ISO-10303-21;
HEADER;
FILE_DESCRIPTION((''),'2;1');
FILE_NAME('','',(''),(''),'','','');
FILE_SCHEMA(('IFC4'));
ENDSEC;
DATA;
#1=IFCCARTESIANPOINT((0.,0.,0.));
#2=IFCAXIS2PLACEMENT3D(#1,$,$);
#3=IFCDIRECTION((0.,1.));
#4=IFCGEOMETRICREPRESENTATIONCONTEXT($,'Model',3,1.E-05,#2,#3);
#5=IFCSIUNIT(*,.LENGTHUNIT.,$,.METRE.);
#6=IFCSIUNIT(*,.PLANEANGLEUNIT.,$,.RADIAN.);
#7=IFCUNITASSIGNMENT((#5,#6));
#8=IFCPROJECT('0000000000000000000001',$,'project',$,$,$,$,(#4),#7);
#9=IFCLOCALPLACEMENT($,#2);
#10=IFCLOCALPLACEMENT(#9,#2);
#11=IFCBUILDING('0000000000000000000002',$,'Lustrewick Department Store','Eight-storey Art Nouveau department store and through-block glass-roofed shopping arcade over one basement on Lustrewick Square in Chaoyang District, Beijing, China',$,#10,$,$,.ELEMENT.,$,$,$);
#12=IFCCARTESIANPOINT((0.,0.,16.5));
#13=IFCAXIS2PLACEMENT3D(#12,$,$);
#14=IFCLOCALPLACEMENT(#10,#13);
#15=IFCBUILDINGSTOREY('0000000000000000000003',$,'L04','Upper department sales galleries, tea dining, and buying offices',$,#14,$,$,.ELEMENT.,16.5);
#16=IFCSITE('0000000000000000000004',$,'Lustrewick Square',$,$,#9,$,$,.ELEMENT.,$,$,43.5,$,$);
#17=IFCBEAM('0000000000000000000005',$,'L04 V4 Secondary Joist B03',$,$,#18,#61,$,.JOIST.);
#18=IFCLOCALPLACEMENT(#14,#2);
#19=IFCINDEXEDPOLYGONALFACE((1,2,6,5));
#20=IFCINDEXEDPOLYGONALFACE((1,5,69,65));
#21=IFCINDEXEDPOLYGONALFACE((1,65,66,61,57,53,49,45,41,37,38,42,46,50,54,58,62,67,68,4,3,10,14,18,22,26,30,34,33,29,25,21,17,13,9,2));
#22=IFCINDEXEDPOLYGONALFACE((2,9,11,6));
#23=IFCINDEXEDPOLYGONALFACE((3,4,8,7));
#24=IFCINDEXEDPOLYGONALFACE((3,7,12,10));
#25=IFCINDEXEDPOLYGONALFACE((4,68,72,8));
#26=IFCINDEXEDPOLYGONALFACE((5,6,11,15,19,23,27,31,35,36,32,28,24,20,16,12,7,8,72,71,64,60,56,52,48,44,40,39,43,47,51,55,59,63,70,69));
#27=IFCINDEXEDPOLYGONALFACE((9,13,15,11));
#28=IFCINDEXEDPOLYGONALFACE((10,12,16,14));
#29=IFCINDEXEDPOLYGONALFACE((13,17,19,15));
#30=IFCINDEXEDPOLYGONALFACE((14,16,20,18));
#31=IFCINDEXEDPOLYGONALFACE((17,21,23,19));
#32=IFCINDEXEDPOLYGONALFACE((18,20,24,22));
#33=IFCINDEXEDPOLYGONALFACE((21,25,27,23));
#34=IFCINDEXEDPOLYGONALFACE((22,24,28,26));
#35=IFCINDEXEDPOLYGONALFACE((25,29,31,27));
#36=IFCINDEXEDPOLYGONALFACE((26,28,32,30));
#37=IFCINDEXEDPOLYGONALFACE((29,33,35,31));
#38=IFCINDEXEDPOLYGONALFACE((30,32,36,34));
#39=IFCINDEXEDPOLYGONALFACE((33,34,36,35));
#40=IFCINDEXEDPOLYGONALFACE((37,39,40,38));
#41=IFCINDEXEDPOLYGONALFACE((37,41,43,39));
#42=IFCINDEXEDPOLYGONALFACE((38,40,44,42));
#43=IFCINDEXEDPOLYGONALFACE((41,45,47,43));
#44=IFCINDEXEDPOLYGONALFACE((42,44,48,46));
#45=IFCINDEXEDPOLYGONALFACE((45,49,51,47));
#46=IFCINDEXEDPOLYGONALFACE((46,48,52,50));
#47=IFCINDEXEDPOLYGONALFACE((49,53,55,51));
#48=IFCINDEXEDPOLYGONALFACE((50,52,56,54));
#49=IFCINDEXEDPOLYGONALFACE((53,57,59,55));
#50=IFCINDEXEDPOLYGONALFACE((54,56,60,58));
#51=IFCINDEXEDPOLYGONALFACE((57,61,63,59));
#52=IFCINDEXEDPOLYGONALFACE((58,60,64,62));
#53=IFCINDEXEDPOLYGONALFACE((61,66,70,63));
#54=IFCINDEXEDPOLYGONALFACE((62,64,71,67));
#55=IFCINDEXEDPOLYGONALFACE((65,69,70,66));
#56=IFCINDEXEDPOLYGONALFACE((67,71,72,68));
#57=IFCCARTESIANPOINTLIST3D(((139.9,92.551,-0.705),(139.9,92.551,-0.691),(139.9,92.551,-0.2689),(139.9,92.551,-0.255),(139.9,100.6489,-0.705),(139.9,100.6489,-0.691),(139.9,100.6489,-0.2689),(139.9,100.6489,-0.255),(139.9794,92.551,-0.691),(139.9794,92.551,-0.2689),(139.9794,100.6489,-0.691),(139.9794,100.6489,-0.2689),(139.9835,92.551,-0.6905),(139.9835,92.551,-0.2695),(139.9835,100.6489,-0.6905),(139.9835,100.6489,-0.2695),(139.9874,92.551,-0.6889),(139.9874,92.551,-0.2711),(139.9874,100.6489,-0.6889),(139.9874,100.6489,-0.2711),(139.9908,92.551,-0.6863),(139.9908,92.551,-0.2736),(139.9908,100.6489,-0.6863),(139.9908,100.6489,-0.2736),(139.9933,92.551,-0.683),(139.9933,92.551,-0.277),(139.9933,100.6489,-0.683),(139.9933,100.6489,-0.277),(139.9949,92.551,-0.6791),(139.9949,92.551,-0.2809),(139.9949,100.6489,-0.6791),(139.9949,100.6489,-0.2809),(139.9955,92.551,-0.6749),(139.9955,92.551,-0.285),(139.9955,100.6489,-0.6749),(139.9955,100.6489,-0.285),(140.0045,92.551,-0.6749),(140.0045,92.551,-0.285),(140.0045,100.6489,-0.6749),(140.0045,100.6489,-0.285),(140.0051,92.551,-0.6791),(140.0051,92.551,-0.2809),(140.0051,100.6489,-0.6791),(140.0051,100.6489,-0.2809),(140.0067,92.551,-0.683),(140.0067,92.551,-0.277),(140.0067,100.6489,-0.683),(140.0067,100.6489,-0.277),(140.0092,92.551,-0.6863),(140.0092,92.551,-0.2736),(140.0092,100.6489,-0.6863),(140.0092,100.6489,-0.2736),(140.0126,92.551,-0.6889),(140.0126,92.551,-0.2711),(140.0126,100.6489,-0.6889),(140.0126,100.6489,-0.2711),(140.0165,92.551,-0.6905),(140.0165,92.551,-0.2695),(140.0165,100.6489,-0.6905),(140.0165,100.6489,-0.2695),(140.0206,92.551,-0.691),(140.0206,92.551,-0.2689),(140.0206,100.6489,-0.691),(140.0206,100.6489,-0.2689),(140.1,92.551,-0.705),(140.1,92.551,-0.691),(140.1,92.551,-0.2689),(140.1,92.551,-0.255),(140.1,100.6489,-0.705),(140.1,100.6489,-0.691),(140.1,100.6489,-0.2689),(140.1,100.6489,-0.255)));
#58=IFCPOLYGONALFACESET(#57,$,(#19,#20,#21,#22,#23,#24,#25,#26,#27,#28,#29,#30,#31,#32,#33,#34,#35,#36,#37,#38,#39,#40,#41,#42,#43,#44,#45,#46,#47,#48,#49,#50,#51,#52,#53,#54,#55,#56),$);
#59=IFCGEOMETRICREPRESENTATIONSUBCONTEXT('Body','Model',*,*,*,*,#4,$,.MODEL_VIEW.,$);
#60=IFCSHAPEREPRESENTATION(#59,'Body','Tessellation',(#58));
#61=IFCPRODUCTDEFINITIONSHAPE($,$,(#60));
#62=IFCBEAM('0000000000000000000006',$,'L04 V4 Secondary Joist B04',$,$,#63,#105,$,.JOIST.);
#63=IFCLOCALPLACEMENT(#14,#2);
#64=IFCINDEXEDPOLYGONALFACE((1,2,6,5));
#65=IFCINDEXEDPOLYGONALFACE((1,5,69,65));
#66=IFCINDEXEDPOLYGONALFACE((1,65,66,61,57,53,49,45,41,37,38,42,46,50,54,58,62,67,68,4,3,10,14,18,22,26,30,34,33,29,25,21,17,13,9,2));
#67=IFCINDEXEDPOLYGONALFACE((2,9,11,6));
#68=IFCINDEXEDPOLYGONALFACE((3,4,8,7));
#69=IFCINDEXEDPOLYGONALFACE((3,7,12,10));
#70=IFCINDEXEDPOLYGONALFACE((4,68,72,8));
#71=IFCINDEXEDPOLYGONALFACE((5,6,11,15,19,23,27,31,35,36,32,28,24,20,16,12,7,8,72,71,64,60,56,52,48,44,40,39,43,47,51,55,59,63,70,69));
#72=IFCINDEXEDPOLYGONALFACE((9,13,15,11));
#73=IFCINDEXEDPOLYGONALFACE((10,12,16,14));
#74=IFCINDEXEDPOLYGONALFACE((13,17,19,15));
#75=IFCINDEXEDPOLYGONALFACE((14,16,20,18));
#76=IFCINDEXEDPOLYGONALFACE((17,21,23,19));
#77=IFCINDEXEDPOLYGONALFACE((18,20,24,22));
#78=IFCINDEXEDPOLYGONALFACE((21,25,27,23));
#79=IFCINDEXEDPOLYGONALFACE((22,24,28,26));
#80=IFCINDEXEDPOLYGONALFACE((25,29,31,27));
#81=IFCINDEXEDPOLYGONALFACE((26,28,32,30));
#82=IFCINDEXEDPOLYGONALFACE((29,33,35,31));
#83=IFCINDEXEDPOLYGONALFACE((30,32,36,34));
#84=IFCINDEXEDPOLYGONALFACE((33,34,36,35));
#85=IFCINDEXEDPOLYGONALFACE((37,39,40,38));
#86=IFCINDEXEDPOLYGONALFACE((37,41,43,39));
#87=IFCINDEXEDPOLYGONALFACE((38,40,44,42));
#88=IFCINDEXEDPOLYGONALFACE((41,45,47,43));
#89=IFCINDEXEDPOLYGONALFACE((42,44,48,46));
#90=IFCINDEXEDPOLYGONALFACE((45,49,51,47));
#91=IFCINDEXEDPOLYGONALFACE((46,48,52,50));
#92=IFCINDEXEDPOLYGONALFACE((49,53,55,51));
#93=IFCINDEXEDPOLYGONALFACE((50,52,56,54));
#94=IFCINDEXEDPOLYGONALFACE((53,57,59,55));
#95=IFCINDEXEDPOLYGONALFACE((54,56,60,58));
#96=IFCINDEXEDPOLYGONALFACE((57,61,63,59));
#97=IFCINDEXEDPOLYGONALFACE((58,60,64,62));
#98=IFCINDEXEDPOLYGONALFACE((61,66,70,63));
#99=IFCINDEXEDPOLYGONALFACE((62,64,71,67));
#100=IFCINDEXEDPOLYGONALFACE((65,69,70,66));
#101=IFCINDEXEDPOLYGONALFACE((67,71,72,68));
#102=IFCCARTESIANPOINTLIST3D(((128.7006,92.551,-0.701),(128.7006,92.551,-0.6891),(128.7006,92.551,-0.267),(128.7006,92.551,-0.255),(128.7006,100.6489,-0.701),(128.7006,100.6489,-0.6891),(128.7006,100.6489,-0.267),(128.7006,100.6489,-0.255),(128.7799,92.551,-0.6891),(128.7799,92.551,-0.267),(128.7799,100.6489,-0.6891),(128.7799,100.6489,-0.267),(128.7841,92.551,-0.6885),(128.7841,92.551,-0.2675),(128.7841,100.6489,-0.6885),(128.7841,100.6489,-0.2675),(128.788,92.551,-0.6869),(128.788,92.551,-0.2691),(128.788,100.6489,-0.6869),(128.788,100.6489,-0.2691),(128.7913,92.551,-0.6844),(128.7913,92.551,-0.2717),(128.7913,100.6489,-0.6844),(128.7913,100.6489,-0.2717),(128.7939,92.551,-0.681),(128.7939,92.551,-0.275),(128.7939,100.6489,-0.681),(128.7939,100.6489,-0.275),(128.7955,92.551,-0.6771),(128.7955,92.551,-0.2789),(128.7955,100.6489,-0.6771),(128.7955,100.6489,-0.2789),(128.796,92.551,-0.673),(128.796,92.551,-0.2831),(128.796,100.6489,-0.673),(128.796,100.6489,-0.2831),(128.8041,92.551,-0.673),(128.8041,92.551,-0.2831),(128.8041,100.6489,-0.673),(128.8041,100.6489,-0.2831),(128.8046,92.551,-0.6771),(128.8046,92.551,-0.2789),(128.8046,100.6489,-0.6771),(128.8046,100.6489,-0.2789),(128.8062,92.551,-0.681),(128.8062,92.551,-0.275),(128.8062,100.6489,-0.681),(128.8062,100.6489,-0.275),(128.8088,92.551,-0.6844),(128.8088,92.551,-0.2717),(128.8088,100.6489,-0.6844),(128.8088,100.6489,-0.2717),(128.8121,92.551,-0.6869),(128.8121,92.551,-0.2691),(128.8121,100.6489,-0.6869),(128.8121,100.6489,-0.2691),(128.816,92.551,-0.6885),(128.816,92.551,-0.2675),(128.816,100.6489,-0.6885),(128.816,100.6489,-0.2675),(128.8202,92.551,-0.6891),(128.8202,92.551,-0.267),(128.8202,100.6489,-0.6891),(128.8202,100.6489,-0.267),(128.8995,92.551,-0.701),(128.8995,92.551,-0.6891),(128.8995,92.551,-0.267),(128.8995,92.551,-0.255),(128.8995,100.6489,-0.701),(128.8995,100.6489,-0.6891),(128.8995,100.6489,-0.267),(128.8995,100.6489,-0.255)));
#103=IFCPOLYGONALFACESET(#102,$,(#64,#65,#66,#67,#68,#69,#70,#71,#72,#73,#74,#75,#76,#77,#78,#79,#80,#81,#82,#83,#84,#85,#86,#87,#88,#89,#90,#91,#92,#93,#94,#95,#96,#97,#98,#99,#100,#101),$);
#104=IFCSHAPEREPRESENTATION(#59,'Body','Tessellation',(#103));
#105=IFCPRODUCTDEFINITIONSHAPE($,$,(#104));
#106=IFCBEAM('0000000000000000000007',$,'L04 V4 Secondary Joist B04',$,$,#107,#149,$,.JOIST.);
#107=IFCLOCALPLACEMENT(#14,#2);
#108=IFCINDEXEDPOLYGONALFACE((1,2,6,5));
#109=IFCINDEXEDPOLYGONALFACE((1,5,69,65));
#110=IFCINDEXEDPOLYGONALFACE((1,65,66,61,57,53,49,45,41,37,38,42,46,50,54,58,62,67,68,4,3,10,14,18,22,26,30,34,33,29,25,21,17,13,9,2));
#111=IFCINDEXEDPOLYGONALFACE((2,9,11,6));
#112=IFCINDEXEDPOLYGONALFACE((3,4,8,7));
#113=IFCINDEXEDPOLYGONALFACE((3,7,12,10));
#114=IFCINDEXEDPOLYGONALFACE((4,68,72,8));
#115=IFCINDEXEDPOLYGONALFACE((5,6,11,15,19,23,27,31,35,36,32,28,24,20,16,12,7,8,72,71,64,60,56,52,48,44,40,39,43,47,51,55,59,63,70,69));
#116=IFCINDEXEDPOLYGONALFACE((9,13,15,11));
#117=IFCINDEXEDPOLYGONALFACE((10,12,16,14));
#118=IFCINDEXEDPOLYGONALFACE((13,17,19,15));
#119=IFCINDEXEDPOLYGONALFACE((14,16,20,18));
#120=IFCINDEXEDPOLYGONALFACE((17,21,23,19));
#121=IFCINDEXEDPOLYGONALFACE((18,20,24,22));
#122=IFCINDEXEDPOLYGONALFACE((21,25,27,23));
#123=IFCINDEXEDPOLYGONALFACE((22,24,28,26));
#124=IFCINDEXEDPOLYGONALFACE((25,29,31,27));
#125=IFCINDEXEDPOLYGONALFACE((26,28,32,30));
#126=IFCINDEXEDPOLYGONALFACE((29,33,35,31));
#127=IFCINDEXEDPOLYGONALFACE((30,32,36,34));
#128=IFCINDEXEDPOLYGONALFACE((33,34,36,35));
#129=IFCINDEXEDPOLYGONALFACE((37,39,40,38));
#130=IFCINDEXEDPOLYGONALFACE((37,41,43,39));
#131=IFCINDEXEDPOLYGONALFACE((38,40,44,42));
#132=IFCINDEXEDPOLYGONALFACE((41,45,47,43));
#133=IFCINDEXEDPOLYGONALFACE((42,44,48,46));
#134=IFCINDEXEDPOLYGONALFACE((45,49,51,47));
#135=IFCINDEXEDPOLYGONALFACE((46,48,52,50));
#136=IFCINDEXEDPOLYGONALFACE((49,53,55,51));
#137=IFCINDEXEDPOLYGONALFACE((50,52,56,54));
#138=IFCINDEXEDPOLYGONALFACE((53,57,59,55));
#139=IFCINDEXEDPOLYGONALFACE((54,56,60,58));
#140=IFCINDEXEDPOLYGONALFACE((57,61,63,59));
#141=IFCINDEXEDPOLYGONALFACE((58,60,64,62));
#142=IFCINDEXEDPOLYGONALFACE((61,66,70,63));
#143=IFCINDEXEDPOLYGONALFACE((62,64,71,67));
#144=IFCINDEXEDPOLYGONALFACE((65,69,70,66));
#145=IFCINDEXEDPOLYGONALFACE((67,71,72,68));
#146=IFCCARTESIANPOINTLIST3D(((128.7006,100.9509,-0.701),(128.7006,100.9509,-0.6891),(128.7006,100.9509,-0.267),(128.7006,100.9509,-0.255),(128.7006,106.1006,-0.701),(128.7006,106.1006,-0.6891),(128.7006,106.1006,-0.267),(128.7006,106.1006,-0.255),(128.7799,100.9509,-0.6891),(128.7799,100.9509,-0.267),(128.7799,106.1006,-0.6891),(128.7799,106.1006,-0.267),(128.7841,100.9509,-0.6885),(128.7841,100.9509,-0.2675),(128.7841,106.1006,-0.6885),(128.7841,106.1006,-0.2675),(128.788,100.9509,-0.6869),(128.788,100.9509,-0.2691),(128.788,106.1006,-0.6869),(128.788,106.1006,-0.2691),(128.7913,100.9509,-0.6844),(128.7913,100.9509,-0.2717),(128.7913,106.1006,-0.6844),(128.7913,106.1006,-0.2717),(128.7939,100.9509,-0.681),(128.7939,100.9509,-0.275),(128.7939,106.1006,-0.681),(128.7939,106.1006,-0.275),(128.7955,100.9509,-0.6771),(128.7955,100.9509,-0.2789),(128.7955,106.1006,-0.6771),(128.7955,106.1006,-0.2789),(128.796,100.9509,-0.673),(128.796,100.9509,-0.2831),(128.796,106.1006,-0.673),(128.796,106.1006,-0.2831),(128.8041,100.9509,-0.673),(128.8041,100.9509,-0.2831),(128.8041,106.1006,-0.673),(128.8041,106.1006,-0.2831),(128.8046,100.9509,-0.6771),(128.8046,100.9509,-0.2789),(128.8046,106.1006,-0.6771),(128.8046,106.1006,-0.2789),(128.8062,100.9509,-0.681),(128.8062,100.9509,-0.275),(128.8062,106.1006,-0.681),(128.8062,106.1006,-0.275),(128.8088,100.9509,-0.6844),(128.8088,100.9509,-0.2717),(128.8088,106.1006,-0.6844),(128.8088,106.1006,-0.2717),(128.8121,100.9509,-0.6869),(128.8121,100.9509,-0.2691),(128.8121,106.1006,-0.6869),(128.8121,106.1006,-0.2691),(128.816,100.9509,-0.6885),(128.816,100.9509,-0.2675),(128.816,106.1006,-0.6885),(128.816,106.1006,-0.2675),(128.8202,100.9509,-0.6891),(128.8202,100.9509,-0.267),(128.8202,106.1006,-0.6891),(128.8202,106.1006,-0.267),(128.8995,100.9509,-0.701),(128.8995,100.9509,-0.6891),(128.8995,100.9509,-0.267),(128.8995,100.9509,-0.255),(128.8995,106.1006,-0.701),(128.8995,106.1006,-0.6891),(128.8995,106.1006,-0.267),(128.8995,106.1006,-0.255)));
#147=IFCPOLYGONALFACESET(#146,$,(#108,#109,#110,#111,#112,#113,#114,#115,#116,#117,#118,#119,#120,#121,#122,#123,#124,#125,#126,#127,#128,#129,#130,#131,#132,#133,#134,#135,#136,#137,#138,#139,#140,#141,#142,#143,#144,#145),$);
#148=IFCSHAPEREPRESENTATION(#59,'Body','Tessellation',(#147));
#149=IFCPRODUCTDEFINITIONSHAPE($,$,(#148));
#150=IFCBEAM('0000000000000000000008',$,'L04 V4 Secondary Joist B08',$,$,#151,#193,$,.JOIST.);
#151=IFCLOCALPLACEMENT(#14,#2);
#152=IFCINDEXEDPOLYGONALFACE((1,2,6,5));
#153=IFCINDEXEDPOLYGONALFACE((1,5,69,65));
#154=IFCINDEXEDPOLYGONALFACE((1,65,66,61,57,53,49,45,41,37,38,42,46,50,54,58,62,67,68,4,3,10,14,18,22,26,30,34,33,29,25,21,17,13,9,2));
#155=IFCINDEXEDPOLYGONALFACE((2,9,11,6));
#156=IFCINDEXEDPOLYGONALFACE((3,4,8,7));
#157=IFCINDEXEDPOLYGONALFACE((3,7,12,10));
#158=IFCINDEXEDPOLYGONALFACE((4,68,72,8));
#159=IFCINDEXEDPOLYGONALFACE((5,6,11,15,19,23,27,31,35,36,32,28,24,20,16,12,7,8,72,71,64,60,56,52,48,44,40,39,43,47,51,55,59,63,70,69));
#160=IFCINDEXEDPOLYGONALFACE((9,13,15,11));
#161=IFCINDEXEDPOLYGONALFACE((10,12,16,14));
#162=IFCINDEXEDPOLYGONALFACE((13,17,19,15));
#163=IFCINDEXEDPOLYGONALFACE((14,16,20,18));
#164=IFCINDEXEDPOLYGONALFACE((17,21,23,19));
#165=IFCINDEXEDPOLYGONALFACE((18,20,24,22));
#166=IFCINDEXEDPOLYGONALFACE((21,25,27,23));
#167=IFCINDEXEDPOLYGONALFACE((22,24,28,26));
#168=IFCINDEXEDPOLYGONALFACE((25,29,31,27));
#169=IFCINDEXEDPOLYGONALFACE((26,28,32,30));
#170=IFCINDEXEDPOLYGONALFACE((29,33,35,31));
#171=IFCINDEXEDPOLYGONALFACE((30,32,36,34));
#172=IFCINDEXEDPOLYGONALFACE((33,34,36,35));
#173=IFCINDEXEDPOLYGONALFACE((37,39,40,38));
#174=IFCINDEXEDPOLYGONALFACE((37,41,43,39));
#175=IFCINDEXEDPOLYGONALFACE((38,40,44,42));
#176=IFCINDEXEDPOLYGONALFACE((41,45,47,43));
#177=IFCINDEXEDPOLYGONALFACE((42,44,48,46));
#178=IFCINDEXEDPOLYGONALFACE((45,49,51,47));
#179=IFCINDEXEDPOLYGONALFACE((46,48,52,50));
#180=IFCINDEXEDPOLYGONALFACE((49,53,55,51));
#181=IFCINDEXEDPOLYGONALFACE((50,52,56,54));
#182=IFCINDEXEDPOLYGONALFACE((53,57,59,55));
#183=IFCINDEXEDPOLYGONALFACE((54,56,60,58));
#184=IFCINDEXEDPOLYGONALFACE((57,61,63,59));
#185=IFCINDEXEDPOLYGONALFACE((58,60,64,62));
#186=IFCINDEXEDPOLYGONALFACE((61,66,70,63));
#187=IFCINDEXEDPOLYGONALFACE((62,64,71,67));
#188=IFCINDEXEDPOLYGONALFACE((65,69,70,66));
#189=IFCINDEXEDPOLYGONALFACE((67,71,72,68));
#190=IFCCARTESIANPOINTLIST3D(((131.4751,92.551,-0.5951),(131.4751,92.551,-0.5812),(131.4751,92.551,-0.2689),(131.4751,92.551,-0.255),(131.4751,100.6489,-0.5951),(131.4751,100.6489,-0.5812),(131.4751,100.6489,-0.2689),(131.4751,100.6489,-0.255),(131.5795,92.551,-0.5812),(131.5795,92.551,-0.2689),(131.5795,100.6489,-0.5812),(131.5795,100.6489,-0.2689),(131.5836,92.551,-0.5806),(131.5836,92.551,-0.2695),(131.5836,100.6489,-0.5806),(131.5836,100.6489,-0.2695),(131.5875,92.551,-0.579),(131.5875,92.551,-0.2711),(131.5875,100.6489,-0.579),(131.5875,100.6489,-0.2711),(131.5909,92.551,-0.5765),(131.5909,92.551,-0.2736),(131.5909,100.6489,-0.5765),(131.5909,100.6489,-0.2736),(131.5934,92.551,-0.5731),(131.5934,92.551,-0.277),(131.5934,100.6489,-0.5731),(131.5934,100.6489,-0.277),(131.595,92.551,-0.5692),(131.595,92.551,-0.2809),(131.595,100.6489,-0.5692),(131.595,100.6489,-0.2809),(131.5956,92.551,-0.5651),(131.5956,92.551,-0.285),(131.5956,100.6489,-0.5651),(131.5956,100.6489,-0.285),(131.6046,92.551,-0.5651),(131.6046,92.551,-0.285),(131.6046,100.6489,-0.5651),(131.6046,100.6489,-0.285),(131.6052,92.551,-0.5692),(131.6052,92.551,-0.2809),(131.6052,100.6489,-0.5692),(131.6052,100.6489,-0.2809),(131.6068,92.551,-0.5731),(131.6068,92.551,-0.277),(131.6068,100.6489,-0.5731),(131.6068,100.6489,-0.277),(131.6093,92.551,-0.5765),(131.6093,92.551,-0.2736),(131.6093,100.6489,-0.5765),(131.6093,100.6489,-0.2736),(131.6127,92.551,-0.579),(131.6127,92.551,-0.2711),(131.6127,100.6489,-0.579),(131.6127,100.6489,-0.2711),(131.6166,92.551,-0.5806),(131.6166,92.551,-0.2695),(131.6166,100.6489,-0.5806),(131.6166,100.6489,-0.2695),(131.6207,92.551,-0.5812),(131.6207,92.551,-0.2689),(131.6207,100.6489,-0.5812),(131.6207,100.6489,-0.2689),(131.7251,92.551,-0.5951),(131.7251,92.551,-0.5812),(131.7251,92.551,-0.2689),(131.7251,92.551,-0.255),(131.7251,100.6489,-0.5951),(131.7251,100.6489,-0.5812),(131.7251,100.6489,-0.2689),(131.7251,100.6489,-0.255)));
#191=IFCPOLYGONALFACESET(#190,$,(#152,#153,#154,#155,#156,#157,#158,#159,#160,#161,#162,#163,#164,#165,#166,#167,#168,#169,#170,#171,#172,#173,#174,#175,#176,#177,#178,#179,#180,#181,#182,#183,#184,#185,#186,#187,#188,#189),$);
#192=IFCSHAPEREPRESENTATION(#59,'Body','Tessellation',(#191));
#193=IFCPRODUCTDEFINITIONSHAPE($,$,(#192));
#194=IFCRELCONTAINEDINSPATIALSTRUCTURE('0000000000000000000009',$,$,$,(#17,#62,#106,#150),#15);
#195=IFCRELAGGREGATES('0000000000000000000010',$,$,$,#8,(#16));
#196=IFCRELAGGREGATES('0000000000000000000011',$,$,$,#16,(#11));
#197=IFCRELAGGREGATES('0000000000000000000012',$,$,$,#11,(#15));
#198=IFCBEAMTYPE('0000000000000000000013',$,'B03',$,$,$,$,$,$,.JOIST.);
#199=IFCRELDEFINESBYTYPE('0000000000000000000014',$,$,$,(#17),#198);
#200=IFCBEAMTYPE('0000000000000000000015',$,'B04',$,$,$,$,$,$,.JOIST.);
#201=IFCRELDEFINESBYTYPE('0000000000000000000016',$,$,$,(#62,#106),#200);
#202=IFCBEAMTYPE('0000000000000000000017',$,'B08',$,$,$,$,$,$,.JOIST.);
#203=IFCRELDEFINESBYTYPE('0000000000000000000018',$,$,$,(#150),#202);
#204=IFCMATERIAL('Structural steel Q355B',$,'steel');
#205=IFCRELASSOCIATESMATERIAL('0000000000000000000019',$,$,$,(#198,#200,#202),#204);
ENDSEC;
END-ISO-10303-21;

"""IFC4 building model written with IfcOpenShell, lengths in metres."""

from ifc_helpers import new_model, si_unit, direction, frame, origin, origin_2d, place, context, subcontext, project, spatial, i_section, extrude, material, material_profile, profile_set, type_object, element, save


model = new_model("IFC4")

# Units and contexts
model_context = context("Model", 3, precision=1e-05, world=origin(), true_north=direction((0.0, 1.0)))
body_context = subcontext(model_context, "Body", "Model", "MODEL_VIEW")
ifc_project = project(units=[si_unit("LENGTHUNIT", "METRE"), si_unit("PLANEANGLEUNIT", "RADIAN")], contexts=[model_context])

# Site, building, storey
site_placement = place(None, origin())
site = spatial("IfcSite", under=ifc_project, at=site_placement, Name="Lustrewick Square", CompositionType="ELEMENT", RefElevation=43.5)
building_placement = place(site_placement, origin())
building = spatial("IfcBuilding", under=site, at=building_placement, Name="Lustrewick Department Store", Description="Eight-storey Art Nouveau department store and through-block glass-roofed shopping arcade over one basement on Lustrewick Square in Chaoyang District, Beijing, China", CompositionType="ELEMENT")
storey_placement = place(building_placement, frame((0.0, 0.0, 16.5)))
storey = spatial("IfcBuildingStorey", under=building, at=storey_placement, Name="L04", Description="Upper department sales galleries, tea dining, and buying offices", CompositionType="ELEMENT", Elevation=16.5)

# Shared definitions
ifc_material_1 = material(Name="Structural steel Q355B", Category="steel")

# Beams
ifc_material_profile_1 = material_profile(ifc_material_1, i_section(OverallWidth=0.2, OverallDepth=0.45, WebThickness=0.009, FlangeThickness=0.0139, FilletRadius=0.0161, at=origin_2d()), Name="HN 450x200x9x14")
ifc_profile_set_1 = profile_set([ifc_material_profile_1], Name="Structural steel Q355B")
beam_type_1 = type_object("IfcBeamType", Name="B03", PredefinedType="JOIST", material=ifc_profile_set_1)
beam_1_placement = place(storey_placement, frame((140.0, 92.551, -0.48), z_axis=(0.0, 1.0, 0.0), x_axis=(-1.0, 0.0, 0.0)))
element("IfcBeam", 1, at=beam_1_placement, inside=storey, type_object=beam_type_1, Name="L04 V4 Secondary Joist B03", PredefinedType="JOIST", context=body_context, shape_type="SweptSolid", body=[
    extrude(i_section(OverallWidth=0.2, OverallDepth=0.45, WebThickness=0.009, FlangeThickness=0.0139, FilletRadius=0.0161, at=origin_2d()), origin(), (0.0, 0.0, 1.0), 8.0979),
])
ifc_material_profile_2 = material_profile(ifc_material_1, i_section(OverallWidth=0.199, OverallDepth=0.446, WebThickness=0.0081, FlangeThickness=0.012, FilletRadius=0.0161, at=origin_2d()), Name="HN 446x199x8x12")
ifc_profile_set_2 = profile_set([ifc_material_profile_2], Name="Structural steel Q355B")
beam_type_2 = type_object("IfcBeamType", Name="B04", PredefinedType="JOIST", material=ifc_profile_set_2)
beam_2_placement = place(storey_placement, frame((128.8, 92.551, -0.478), z_axis=(0.0, 1.0, 0.0), x_axis=(-1.0, 0.0, 0.0)))
element("IfcBeam", 2, at=beam_2_placement, inside=storey, type_object=beam_type_2, Name="L04 V4 Secondary Joist B04", PredefinedType="JOIST", context=body_context, shape_type="SweptSolid", body=[
    extrude(i_section(OverallWidth=0.199, OverallDepth=0.446, WebThickness=0.0081, FlangeThickness=0.012, FilletRadius=0.0161, at=origin_2d()), origin(), (0.0, 0.0, 1.0), 8.0979),
])
beam_3_placement = place(storey_placement, frame((128.8, 100.9509, -0.478), z_axis=(0.0, 1.0, 0.0), x_axis=(-1.0, 0.0, 0.0)))
element("IfcBeam", 3, at=beam_3_placement, inside=storey, type_object=beam_type_2, Name="L04 V4 Secondary Joist B04", PredefinedType="JOIST", context=body_context, shape_type="SweptSolid", body=[
    extrude(i_section(OverallWidth=0.199, OverallDepth=0.446, WebThickness=0.0081, FlangeThickness=0.012, FilletRadius=0.0161, at=origin_2d()), origin(), (0.0, 0.0, 1.0), 5.1497),
])
ifc_material_profile_3 = material_profile(ifc_material_1, i_section(OverallWidth=0.25, OverallDepth=0.3401, WebThickness=0.009, FlangeThickness=0.0139, FilletRadius=0.0161, at=origin_2d()), Name="HM 340x250x9x14")
ifc_profile_set_3 = profile_set([ifc_material_profile_3], Name="Structural steel Q355B")
beam_type_3 = type_object("IfcBeamType", Name="B08", PredefinedType="JOIST", material=ifc_profile_set_3)
beam_4_placement = place(storey_placement, frame((131.6001, 92.551, -0.425), z_axis=(0.0, 1.0, 0.0), x_axis=(-1.0, 0.0, 0.0)))
element("IfcBeam", 4, at=beam_4_placement, inside=storey, type_object=beam_type_3, Name="L04 V4 Secondary Joist B08", PredefinedType="JOIST", context=body_context, shape_type="SweptSolid", body=[
    extrude(i_section(OverallWidth=0.25, OverallDepth=0.3401, WebThickness=0.009, FlangeThickness=0.0139, FilletRadius=0.0161, at=origin_2d()), origin(), (0.0, 0.0, 1.0), 8.0979),
])

save(model, "model.ifc")
